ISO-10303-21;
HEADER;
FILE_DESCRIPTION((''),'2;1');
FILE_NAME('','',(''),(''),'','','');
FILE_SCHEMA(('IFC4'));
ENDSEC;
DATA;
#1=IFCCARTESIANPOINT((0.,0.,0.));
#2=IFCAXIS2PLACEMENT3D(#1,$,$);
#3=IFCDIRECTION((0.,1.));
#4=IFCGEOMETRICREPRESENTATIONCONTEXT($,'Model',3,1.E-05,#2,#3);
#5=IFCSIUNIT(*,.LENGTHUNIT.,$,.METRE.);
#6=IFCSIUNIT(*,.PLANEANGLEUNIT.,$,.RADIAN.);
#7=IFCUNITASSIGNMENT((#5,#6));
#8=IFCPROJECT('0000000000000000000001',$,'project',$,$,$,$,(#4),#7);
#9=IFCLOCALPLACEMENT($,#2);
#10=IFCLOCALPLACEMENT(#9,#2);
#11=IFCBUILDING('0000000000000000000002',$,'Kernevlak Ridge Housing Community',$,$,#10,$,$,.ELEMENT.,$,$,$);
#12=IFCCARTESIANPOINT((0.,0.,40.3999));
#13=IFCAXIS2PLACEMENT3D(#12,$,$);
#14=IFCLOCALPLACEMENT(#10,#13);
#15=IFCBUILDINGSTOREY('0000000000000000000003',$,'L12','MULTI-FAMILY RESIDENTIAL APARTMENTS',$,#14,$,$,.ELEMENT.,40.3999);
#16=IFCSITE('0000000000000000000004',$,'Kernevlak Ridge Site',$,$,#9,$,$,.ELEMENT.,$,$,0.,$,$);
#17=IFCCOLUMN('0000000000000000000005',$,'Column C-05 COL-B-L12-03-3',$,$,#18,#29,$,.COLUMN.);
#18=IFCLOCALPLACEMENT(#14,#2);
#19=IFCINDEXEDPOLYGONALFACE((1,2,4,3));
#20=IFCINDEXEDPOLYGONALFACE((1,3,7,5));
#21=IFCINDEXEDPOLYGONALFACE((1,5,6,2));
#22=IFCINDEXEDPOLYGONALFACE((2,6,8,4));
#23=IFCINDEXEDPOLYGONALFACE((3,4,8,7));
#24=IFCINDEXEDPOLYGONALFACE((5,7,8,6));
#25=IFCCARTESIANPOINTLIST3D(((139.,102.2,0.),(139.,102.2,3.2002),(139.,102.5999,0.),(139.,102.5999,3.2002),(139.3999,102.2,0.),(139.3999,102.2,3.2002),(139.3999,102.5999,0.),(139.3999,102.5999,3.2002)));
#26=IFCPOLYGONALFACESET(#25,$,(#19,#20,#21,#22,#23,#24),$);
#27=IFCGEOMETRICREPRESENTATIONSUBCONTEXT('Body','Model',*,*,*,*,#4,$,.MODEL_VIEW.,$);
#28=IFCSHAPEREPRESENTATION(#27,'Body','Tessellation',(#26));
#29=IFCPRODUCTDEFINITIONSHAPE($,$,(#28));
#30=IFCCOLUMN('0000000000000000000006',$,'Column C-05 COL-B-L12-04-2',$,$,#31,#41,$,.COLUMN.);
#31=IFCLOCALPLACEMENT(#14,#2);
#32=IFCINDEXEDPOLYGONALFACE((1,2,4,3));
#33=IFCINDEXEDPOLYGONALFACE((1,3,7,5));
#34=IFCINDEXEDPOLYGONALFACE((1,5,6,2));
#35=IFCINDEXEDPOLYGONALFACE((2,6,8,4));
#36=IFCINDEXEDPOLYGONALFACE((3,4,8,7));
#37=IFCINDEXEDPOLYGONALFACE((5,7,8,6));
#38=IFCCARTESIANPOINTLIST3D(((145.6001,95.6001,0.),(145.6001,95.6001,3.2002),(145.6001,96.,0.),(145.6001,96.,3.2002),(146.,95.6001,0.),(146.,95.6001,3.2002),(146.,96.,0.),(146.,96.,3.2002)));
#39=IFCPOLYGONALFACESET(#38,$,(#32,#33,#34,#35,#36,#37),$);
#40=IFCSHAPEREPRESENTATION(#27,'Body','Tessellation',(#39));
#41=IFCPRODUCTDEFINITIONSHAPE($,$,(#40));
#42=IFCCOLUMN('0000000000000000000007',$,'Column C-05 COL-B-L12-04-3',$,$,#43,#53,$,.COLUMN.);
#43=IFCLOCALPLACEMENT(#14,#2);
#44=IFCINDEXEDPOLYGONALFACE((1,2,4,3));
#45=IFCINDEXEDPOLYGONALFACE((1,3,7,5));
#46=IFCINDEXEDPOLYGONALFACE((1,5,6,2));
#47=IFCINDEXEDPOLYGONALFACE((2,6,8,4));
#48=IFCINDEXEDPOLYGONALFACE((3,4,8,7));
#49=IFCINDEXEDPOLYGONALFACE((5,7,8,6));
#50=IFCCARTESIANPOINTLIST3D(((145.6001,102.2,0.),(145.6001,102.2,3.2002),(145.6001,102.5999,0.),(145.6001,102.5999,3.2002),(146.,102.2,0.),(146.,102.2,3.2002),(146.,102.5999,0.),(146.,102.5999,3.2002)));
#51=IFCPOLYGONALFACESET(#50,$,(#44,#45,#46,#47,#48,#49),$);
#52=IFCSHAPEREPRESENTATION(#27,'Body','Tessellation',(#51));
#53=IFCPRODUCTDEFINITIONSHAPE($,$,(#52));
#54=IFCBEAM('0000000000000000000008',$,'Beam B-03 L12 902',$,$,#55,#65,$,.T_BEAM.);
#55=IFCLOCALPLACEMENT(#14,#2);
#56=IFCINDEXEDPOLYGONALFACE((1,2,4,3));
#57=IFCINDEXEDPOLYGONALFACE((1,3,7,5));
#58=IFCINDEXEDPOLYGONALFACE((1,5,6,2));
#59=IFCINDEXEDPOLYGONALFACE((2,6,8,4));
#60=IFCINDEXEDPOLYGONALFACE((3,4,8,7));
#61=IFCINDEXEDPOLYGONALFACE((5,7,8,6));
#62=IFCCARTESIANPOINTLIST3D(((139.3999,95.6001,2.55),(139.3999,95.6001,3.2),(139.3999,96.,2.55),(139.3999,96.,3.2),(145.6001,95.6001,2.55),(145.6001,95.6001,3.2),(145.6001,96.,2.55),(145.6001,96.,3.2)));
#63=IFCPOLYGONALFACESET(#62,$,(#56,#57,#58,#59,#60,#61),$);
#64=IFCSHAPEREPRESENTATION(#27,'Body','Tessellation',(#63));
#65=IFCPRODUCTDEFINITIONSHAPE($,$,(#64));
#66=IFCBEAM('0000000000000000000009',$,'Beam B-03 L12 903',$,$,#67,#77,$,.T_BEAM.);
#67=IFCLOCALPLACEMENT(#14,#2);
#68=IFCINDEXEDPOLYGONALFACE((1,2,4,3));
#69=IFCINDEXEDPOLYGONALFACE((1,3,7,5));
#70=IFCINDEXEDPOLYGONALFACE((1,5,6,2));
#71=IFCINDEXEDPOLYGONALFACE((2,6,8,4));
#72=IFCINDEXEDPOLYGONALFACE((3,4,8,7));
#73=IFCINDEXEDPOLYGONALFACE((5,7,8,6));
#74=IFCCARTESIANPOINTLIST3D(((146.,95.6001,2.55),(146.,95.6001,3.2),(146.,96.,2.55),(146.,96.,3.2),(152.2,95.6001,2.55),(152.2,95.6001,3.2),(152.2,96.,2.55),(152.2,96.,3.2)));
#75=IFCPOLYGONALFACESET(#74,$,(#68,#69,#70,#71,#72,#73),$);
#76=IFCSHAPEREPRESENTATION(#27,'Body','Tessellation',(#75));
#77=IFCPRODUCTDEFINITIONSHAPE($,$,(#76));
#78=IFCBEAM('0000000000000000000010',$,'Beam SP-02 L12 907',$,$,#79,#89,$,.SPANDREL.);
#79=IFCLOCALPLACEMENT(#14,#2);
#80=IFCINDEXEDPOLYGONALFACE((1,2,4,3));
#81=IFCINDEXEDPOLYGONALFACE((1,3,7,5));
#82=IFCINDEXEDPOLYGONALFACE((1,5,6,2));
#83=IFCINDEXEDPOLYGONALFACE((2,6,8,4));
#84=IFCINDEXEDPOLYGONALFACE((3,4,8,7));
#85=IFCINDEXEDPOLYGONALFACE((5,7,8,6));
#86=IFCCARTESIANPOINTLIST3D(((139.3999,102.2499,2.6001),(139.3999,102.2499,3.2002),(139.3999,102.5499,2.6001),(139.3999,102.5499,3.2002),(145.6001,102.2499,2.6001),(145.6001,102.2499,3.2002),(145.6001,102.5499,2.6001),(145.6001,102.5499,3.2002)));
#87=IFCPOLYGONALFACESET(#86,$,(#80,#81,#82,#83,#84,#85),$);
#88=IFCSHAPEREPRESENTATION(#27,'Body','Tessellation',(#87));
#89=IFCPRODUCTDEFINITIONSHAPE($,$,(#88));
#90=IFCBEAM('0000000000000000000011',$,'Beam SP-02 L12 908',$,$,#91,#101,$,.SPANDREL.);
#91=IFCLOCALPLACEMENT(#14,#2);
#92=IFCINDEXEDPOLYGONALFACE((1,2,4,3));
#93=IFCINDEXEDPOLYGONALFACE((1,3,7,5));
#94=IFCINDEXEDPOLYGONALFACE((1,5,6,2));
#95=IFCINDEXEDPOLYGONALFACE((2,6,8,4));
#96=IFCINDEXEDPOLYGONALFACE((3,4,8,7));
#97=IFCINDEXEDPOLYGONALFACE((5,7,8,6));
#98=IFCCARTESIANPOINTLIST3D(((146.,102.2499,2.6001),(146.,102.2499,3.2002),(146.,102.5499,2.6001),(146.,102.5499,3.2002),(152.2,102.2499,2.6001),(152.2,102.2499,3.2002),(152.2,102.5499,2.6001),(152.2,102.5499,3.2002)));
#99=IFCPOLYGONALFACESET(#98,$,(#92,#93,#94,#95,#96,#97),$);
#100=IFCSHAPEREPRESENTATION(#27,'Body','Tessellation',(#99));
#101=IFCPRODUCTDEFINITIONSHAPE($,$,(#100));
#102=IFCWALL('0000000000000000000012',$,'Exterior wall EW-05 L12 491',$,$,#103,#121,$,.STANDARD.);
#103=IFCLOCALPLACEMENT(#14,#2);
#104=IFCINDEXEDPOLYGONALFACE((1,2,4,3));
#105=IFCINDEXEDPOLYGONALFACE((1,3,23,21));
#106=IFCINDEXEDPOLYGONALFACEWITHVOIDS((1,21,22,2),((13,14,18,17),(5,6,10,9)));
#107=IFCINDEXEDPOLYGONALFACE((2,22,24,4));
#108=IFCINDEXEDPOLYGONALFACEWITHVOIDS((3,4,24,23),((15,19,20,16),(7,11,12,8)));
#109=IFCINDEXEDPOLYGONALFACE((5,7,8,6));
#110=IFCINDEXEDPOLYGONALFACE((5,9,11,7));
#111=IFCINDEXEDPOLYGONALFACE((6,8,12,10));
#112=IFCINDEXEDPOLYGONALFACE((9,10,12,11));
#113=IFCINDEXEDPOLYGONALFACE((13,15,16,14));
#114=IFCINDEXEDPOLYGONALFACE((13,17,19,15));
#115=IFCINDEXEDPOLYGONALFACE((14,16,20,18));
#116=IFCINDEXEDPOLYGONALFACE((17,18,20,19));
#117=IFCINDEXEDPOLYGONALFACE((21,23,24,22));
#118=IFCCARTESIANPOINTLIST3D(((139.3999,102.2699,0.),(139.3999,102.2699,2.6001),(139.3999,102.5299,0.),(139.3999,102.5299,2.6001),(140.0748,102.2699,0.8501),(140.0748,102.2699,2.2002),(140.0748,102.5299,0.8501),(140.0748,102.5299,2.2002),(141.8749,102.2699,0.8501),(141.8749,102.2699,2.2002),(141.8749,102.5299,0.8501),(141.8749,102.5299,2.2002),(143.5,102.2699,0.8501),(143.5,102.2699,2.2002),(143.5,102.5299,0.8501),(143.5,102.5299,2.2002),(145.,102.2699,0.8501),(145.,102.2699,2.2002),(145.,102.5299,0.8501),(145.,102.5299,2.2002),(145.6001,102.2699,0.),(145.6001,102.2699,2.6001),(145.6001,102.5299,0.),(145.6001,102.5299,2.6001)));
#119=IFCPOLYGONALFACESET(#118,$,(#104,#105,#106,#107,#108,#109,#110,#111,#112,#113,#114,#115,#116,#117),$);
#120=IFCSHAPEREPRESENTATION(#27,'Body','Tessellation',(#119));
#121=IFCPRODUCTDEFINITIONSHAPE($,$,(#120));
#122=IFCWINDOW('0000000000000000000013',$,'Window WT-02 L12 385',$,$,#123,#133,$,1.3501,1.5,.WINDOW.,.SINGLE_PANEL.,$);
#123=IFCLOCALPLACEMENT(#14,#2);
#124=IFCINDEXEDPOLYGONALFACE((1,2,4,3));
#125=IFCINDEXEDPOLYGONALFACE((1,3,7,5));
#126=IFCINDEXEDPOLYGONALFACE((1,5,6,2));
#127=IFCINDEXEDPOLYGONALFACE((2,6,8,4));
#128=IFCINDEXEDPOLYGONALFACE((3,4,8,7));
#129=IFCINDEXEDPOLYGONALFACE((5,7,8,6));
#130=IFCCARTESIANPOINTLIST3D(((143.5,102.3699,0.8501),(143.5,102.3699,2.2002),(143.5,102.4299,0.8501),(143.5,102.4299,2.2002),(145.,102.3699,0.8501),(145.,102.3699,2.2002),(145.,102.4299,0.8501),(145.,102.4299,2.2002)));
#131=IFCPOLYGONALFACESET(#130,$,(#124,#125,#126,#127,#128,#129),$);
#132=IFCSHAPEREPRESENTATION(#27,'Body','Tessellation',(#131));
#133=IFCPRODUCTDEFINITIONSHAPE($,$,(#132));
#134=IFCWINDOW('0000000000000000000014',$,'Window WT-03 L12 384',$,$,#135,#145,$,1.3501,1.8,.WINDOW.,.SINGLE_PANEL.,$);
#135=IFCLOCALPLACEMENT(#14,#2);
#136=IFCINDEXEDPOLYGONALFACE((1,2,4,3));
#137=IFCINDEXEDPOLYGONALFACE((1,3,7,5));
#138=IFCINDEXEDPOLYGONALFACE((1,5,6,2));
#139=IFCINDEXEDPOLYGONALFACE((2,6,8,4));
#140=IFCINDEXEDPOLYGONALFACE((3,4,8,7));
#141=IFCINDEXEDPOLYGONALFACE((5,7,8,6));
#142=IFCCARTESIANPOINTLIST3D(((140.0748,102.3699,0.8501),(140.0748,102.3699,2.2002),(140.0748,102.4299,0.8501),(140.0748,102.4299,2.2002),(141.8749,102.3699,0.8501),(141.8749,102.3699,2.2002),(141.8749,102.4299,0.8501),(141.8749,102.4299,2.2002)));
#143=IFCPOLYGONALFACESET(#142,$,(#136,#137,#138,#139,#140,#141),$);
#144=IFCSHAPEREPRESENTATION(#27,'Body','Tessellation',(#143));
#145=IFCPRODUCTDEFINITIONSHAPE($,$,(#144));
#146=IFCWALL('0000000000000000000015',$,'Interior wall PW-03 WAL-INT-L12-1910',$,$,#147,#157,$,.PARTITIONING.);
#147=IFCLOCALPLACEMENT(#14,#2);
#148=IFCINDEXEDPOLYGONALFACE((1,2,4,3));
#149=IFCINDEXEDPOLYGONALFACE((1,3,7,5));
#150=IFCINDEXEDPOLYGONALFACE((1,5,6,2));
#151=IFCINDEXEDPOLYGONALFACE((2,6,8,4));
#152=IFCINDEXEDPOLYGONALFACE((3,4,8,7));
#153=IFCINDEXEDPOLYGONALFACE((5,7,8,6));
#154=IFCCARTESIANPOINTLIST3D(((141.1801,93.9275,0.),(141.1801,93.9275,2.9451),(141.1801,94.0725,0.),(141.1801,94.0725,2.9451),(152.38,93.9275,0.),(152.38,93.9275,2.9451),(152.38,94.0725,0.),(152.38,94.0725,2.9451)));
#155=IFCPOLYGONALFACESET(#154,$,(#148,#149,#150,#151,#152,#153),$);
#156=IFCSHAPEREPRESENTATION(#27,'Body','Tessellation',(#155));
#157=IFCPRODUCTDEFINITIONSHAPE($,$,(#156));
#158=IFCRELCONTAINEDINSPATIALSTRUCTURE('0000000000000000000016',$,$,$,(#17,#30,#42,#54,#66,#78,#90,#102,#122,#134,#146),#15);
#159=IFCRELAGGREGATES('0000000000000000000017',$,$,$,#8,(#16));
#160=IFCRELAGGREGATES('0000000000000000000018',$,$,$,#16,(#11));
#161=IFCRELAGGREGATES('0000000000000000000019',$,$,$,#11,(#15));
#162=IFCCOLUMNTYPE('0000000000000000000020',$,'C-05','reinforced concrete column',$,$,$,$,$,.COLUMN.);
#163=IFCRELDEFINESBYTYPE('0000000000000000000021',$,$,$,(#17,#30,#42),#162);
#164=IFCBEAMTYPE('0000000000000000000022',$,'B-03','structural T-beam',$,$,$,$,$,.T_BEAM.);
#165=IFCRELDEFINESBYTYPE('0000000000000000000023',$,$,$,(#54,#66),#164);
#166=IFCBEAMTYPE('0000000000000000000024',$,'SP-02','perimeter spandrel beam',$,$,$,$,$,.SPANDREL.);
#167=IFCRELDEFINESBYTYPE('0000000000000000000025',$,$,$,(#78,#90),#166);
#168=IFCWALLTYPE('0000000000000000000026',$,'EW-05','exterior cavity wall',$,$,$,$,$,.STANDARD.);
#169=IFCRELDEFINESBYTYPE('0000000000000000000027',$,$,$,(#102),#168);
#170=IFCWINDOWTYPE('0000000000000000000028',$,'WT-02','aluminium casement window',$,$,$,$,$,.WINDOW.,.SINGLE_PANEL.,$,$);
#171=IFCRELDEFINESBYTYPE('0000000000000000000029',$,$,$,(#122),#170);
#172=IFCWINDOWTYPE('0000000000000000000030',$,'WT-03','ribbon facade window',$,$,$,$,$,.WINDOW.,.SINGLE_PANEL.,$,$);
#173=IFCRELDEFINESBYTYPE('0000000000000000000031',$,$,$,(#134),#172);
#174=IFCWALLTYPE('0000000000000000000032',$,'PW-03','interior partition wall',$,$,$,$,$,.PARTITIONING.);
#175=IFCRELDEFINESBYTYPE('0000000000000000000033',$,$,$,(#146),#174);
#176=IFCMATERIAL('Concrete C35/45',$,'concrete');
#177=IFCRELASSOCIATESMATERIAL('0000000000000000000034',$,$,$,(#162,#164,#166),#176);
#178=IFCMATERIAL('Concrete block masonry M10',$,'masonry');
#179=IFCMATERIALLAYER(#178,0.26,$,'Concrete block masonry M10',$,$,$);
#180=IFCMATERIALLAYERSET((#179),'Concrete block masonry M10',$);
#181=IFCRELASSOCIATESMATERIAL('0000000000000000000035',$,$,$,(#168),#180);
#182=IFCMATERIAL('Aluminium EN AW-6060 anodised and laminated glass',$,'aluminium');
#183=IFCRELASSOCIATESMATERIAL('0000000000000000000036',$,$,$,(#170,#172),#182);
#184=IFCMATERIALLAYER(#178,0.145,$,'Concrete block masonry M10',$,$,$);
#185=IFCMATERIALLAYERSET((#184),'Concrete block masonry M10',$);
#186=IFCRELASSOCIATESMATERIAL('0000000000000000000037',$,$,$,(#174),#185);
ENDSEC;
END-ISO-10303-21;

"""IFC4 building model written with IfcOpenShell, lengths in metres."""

from ifc_helpers import new_model, si_unit, direction, frame, frame_2d, origin, origin_2d, place, context, subcontext, project, spatial, rectangle, extrude, material, layer, layer_set, material_profile, profile_set, type_object, element, fill, save


model = new_model("IFC4")

# Units and contexts
model_context = context("Model", 3, precision=1e-05, world=origin(), true_north=direction((0.0, 1.0)))
body_context = subcontext(model_context, "Body", "Model", "MODEL_VIEW")
ifc_project = project(units=[si_unit("LENGTHUNIT", "METRE"), si_unit("PLANEANGLEUNIT", "RADIAN")], contexts=[model_context])

# Site, building, storey
site_placement = place(None, origin())
site = spatial("IfcSite", under=ifc_project, at=site_placement, Name="Kernevlak Ridge Site", CompositionType="ELEMENT", RefElevation=0.0)
building_placement = place(site_placement, origin())
building = spatial("IfcBuilding", under=site, at=building_placement, Name="Kernevlak Ridge Housing Community", CompositionType="ELEMENT")
storey_placement = place(building_placement, frame((0.0, 0.0, 40.3999)))
storey = spatial("IfcBuildingStorey", under=building, at=storey_placement, Name="L12", Description="MULTI-FAMILY RESIDENTIAL APARTMENTS", CompositionType="ELEMENT", Elevation=40.3999)

# Columns
ifc_material_1 = material(Name="Concrete C35/45", Category="concrete")
ifc_material_profile_1 = material_profile(ifc_material_1, rectangle(XDim=0.3999, YDim=0.3999, at=origin_2d()), Name="RC 400x400")
ifc_profile_set_1 = profile_set([ifc_material_profile_1], Name="Concrete C35/45")
column_type = type_object("IfcColumnType", Name="C-05", Description="reinforced concrete column", PredefinedType="COLUMN", material=ifc_profile_set_1)
for number, where, z_axis, x_axis, name in (
    (1, (139.2, 102.3999, 0.0), (0.0, 0.0, 1.0), (1.0, 0.0, 0.0), "Column C-05 COL-B-L12-03-3"),
    (2, (145.8, 95.8, 0.0), (0.0, 0.0, 1.0), (1.0, 0.0, 0.0), "Column C-05 COL-B-L12-04-2"),
    (3, (145.8, 102.3999, 0.0), (0.0, 0.0, 1.0), (1.0, 0.0, 0.0), "Column C-05 COL-B-L12-04-3"),
):
    element("IfcColumn", number, at=place(storey_placement, frame(where, z_axis=z_axis, x_axis=x_axis)), inside=storey, type_object=column_type, Name=name, PredefinedType="COLUMN", context=body_context, shape_type="SweptSolid", body=[
        extrude(rectangle(XDim=0.3999, YDim=0.3999, at=origin_2d()), origin(), (0.0, 0.0, 1.0), 3.2002),
    ])

# Beams
ifc_material_profile_2 = material_profile(ifc_material_1, rectangle(XDim=0.3999, YDim=0.6499, at=origin_2d()), Name="RC 400x650")
ifc_profile_set_2 = profile_set([ifc_material_profile_2], Name="Concrete C35/45")
beam_type_1 = type_object("IfcBeamType", Name="B-03", Description="structural T-beam", PredefinedType="T_BEAM", material=ifc_profile_set_2)
beam_1_placement = place(storey_placement, frame((139.3999, 95.8, 2.875), z_axis=(1.0, 0.0, 0.0), x_axis=(0.0, 1.0, 0.0)))
element("IfcBeam", 4, at=beam_1_placement, inside=storey, type_object=beam_type_1, Name="Beam B-03 L12 902", PredefinedType="T_BEAM", context=body_context, shape_type="SweptSolid", body=[
    extrude(rectangle(XDim=0.3999, YDim=0.6499, at=origin_2d()), origin(), (0.0, 0.0, 1.0), 6.2002),
])
beam_2_placement = place(storey_placement, frame((146.0, 95.8, 2.875), z_axis=(1.0, 0.0, 0.0), x_axis=(0.0, 1.0, 0.0)))
element("IfcBeam", 5, at=beam_2_placement, inside=storey, type_object=beam_type_1, Name="Beam B-03 L12 903", PredefinedType="T_BEAM", context=body_context, shape_type="SweptSolid", body=[
    extrude(rectangle(XDim=0.3999, YDim=0.6499, at=origin_2d()), origin(), (0.0, 0.0, 1.0), 6.2),
])
ifc_material_profile_3 = material_profile(ifc_material_1, rectangle(XDim=0.3, YDim=0.6001, at=origin_2d()), Name="RC 300x600")
ifc_profile_set_3 = profile_set([ifc_material_profile_3], Name="Concrete C35/45")
beam_type_2 = type_object("IfcBeamType", Name="SP-02", Description="perimeter spandrel beam", PredefinedType="SPANDREL", material=ifc_profile_set_3)
beam_3_placement = place(storey_placement, frame((139.3999, 102.3999, 2.9001), z_axis=(1.0, 0.0, 0.0), x_axis=(0.0, 1.0, 0.0)))
element("IfcBeam", 6, at=beam_3_placement, inside=storey, type_object=beam_type_2, Name="Beam SP-02 L12 907", PredefinedType="SPANDREL", context=body_context, shape_type="SweptSolid", body=[
    extrude(rectangle(XDim=0.3, YDim=0.6001, at=origin_2d()), origin(), (0.0, 0.0, 1.0), 6.2002),
])
beam_4_placement = place(storey_placement, frame((146.0, 102.3999, 2.9001), z_axis=(1.0, 0.0, 0.0), x_axis=(0.0, 1.0, 0.0)))
element("IfcBeam", 7, at=beam_4_placement, inside=storey, type_object=beam_type_2, Name="Beam SP-02 L12 908", PredefinedType="SPANDREL", context=body_context, shape_type="SweptSolid", body=[
    extrude(rectangle(XDim=0.3, YDim=0.6001, at=origin_2d()), origin(), (0.0, 0.0, 1.0), 6.2),
])

# Wall, openings, windows
ifc_material_2 = material(Name="Concrete block masonry M10", Category="masonry")
ifc_layer_1 = layer(ifc_material_2, 0.26, Name="Concrete block masonry M10")
ifc_layer_set_1 = layer_set([ifc_layer_1], Name="Concrete block masonry M10")
wall_type_1 = type_object("IfcWallType", Name="EW-05", Description="exterior cavity wall", PredefinedType="STANDARD", material=ifc_layer_set_1)
wall_1_placement = place(storey_placement, frame((139.3999, 102.3999, 0.0), z_axis=(0.0, 0.0, 1.0), x_axis=(1.0, 0.0, 0.0)))
wall_1 = element("IfcWall", 8, at=wall_1_placement, inside=storey, type_object=wall_type_1, Name="Exterior wall EW-05 L12 491", PredefinedType="STANDARD", context=body_context, shape_type="SweptSolid", body=[
    extrude(rectangle(XDim=6.2002, YDim=0.26, at=frame_2d((3.1001, 0.0))), origin(), (0.0, 0.0, 1.0), 2.6001),
])
opening_1_placement = place(wall_1_placement, frame((0.675, 0.0, 0.8501)))
opening_1 = element("IfcOpeningElement", 9, at=opening_1_placement, cuts=wall_1, PredefinedType="OPENING", context=body_context, shape_type="SweptSolid", body=[
    extrude(rectangle(XDim=1.8, YDim=1.3501, at=frame_2d((0.8999, 0.675))), frame((0.0, 0.1399, 0.0), z_axis=(0.0, -1.0, 0.0), x_axis=(1.0, 0.0, 0.0)), (0.0, 0.0, 1.0), 0.28),
])
opening_2_placement = place(wall_1_placement, frame((4.1001, 0.0, 0.8501)))
opening_2 = element("IfcOpeningElement", 10, at=opening_2_placement, cuts=wall_1, PredefinedType="OPENING", context=body_context, shape_type="SweptSolid", body=[
    extrude(rectangle(XDim=1.5, YDim=1.3501, at=frame_2d((0.75, 0.675))), frame((0.0, 0.1399, 0.0), z_axis=(0.0, -1.0, 0.0), x_axis=(1.0, 0.0, 0.0)), (0.0, 0.0, 1.0), 0.28),
])
ifc_material_3 = material(Name="Aluminium EN AW-6060 anodised and laminated glass", Category="aluminium")
window_type_1 = type_object("IfcWindowType", Name="WT-02", Description="aluminium casement window", PartitioningType="SINGLE_PANEL", PredefinedType="WINDOW", material=ifc_material_3)
window_1_placement = place(opening_2_placement, origin())
window_1 = element("IfcWindow", 11, at=window_1_placement, inside=storey, type_object=window_type_1, Name="Window WT-02 L12 385", OverallHeight=1.3501, OverallWidth=1.5, PartitioningType="SINGLE_PANEL", PredefinedType="WINDOW", context=body_context, shape_type="SweptSolid", body=[
    extrude(rectangle(XDim=1.5, YDim=1.3501, at=frame_2d((0.75, 0.675))), frame((0.0, 0.03, 0.0), z_axis=(0.0, -1.0, 0.0), x_axis=(1.0, 0.0, 0.0)), (0.0, 0.0, 1.0), 0.0601),
])
fill(opening_2, window_1)
window_type_2 = type_object("IfcWindowType", Name="WT-03", Description="ribbon facade window", PartitioningType="SINGLE_PANEL", PredefinedType="WINDOW", material=ifc_material_3)
window_2_placement = place(opening_1_placement, origin())
window_2 = element("IfcWindow", 12, at=window_2_placement, inside=storey, type_object=window_type_2, Name="Window WT-03 L12 384", OverallHeight=1.3501, OverallWidth=1.8, PartitioningType="SINGLE_PANEL", PredefinedType="WINDOW", context=body_context, shape_type="SweptSolid", body=[
    extrude(rectangle(XDim=1.8, YDim=1.3501, at=frame_2d((0.8999, 0.675))), frame((0.0, 0.03, 0.0), z_axis=(0.0, -1.0, 0.0), x_axis=(1.0, 0.0, 0.0)), (0.0, 0.0, 1.0), 0.0601),
])
fill(opening_1, window_2)

# Wall
ifc_layer_2 = layer(ifc_material_2, 0.145, Name="Concrete block masonry M10")
ifc_layer_set_2 = layer_set([ifc_layer_2], Name="Concrete block masonry M10")
wall_type_2 = type_object("IfcWallType", Name="PW-03", Description="interior partition wall", PredefinedType="PARTITIONING", material=ifc_layer_set_2)
wall_2_placement = place(storey_placement, frame((141.1799, 94.0, 0.0), z_axis=(0.0, 0.0, 1.0), x_axis=(1.0, 0.0, 0.0)))
element("IfcWall", 13, at=wall_2_placement, inside=storey, type_object=wall_type_2, Name="Interior wall PW-03 WAL-INT-L12-1910", PredefinedType="PARTITIONING", context=body_context, shape_type="SweptSolid", body=[
    extrude(rectangle(XDim=11.2, YDim=0.145, at=frame_2d((5.6001, 0.0))), origin(), (0.0, 0.0, 1.0), 2.9451),
])

save(model, "model.ifc")
